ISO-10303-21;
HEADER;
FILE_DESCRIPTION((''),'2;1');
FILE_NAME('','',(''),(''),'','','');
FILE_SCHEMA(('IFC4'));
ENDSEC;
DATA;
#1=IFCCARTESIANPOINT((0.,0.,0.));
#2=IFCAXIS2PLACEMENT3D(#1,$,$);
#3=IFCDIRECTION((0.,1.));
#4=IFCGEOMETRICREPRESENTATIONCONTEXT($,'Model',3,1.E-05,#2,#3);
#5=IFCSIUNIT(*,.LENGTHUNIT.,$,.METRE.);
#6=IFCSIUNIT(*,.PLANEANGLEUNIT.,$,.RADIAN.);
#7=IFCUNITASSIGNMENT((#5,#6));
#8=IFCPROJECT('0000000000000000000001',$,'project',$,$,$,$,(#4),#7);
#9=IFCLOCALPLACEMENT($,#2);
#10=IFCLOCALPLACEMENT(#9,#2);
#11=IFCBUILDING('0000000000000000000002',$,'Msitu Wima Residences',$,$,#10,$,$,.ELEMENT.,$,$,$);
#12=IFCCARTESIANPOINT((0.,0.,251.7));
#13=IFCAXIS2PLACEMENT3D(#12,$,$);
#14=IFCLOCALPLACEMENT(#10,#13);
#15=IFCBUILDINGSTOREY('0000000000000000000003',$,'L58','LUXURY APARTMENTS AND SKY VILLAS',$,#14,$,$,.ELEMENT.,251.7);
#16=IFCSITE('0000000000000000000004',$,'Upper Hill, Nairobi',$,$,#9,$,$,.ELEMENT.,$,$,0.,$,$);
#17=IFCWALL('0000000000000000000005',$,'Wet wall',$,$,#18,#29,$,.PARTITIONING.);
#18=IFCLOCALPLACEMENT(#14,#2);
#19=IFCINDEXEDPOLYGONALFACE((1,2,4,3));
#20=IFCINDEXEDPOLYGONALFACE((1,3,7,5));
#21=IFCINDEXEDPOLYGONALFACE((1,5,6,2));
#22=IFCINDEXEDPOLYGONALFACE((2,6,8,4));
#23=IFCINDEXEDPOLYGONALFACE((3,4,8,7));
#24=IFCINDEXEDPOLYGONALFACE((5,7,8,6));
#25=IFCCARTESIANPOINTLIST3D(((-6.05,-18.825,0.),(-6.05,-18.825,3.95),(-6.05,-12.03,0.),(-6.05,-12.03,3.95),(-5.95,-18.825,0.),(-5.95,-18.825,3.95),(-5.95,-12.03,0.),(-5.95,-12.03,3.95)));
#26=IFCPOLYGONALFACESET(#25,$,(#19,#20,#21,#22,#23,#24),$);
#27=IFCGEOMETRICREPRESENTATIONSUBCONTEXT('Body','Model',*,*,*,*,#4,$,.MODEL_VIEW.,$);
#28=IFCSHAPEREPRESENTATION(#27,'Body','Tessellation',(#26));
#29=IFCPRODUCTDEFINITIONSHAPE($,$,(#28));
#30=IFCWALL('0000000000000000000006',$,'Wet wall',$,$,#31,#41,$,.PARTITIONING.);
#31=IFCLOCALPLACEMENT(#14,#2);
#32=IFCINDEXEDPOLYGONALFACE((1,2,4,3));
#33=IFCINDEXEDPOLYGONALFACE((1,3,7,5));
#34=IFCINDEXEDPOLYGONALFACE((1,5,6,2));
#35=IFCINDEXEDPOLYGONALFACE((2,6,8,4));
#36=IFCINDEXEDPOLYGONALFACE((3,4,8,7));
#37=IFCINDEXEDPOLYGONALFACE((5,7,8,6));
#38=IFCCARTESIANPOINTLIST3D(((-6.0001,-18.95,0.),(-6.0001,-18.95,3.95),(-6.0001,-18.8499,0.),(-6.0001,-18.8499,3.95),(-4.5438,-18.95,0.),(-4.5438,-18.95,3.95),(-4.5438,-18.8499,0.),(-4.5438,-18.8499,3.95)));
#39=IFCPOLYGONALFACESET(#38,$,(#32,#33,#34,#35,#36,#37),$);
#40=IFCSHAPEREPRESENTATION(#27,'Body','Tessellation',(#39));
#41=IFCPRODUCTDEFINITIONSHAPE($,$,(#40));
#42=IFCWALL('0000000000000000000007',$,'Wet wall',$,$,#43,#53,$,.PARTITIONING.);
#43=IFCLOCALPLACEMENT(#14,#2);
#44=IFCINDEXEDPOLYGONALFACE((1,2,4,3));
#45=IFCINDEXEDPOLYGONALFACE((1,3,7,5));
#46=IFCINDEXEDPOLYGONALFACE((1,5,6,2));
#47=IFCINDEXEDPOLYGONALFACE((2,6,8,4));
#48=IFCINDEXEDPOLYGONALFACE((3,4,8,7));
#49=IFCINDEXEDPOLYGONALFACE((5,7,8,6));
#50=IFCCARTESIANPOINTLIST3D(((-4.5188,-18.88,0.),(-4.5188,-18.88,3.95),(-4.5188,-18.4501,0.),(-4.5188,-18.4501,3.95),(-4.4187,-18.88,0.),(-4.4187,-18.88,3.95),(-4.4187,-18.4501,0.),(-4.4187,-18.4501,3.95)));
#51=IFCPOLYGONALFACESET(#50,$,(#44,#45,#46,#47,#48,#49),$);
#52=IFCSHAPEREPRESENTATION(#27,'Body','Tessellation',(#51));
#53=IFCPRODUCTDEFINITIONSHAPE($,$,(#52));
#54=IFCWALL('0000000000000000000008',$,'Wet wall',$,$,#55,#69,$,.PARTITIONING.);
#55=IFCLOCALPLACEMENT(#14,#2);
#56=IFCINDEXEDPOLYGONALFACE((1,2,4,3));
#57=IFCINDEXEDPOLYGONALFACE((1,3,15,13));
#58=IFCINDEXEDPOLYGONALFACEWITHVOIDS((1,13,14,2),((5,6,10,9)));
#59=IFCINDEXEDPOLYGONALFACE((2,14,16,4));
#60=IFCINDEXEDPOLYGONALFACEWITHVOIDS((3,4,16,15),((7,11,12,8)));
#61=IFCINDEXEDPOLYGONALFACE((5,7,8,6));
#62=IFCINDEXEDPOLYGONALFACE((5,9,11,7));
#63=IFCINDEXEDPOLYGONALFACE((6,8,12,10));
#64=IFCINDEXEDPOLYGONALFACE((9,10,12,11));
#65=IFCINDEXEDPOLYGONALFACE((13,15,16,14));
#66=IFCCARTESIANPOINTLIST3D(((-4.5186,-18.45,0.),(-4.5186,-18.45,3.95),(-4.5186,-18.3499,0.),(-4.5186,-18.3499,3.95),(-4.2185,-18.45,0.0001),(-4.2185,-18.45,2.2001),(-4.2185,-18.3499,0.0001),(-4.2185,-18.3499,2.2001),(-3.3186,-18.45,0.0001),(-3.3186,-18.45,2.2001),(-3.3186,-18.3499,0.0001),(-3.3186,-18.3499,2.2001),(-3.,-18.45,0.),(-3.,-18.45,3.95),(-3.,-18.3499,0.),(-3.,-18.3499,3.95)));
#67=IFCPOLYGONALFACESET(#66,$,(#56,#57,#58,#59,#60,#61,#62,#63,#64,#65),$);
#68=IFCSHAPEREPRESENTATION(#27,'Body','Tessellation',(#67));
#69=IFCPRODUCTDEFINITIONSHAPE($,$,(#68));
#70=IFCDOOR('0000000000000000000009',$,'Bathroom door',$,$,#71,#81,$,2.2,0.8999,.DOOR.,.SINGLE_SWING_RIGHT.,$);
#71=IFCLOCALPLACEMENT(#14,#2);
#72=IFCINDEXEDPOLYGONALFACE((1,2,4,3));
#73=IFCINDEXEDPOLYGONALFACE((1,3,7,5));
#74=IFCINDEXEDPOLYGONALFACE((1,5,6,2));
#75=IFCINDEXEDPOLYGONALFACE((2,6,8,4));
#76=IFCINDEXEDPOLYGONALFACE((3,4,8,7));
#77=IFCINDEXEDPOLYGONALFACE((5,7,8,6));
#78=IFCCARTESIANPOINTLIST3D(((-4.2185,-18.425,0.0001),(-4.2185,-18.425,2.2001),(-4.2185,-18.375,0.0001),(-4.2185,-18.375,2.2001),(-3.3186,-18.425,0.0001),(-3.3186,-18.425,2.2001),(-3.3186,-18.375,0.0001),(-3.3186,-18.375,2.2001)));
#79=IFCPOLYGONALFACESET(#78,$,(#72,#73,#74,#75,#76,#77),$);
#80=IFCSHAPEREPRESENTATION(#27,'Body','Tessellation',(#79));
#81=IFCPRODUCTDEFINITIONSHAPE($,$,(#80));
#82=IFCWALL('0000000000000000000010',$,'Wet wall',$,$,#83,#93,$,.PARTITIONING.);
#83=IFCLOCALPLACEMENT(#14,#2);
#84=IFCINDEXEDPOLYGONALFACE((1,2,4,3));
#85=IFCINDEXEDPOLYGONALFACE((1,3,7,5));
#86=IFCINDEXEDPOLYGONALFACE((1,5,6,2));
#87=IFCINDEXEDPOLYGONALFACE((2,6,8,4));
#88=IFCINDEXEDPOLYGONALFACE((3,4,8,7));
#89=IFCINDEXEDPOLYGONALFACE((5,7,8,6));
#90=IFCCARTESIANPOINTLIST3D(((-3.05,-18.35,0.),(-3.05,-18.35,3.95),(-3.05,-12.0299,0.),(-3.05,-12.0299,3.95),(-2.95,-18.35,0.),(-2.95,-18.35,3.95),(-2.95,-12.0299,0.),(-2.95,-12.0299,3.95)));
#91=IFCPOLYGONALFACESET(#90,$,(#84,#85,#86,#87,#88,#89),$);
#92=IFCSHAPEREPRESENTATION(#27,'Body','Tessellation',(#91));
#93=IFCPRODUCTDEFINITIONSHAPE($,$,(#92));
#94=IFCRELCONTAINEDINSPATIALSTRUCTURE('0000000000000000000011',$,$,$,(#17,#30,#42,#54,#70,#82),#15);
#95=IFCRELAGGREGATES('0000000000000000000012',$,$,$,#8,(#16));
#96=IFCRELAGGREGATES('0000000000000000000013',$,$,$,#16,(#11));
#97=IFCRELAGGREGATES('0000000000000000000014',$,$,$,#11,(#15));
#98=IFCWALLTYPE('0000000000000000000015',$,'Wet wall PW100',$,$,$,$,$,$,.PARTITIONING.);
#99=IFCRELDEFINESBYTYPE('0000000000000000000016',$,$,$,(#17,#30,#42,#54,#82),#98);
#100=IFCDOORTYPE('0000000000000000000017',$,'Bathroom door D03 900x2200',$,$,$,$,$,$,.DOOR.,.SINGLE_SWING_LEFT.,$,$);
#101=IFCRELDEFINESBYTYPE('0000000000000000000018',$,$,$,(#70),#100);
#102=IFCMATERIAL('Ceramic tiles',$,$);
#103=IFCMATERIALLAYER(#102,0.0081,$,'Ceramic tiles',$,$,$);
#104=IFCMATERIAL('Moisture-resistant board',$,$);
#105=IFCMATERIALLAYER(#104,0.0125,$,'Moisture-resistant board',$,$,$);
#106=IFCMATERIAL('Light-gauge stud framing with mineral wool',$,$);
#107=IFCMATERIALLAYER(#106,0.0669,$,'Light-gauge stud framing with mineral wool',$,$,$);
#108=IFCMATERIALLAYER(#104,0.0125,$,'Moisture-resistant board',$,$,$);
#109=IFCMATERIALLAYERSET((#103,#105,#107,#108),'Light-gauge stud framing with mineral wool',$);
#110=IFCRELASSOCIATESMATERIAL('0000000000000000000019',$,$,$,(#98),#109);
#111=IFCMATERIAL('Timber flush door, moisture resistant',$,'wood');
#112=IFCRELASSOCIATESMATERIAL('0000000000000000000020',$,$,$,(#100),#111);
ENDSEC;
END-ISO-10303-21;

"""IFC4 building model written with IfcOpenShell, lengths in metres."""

from ifc_helpers import new_model, si_unit, direction, frame, frame_2d, origin, place, context, subcontext, project, spatial, rectangle, extrude, material, layer, layer_set, type_object, element, fill, save


model = new_model("IFC4")

# Units and contexts
model_context = context("Model", 3, precision=1e-05, world=origin(), true_north=direction((0.0, 1.0)))
body_context = subcontext(model_context, "Body", "Model", "MODEL_VIEW")
ifc_project = project(units=[si_unit("LENGTHUNIT", "METRE"), si_unit("PLANEANGLEUNIT", "RADIAN")], contexts=[model_context])

# Site, building, storey
site_placement = place(None, origin())
site = spatial("IfcSite", under=ifc_project, at=site_placement, Name="Upper Hill, Nairobi", CompositionType="ELEMENT", RefElevation=0.0)
building_placement = place(site_placement, origin())
building = spatial("IfcBuilding", under=site, at=building_placement, Name="Msitu Wima Residences", CompositionType="ELEMENT")
storey_placement = place(building_placement, frame((0.0, 0.0, 251.7)))
storey = spatial("IfcBuildingStorey", under=building, at=storey_placement, Name="L58", Description="LUXURY APARTMENTS AND SKY VILLAS", CompositionType="ELEMENT", Elevation=251.7)

# Walls
ifc_material_1 = material(Name="Ceramic tiles")
ifc_layer_1 = layer(ifc_material_1, 0.0081, Name="Ceramic tiles")
ifc_material_2 = material(Name="Moisture-resistant board")
ifc_layer_2 = layer(ifc_material_2, 0.0125, Name="Moisture-resistant board")
ifc_material_3 = material(Name="Light-gauge stud framing with mineral wool")
ifc_layer_3 = layer(ifc_material_3, 0.0669, Name="Light-gauge stud framing with mineral wool")
ifc_layer_4 = layer(ifc_material_2, 0.0125, Name="Moisture-resistant board")
ifc_layer_set_1 = layer_set([ifc_layer_1, ifc_layer_2, ifc_layer_3, ifc_layer_4], Name="Light-gauge stud framing with mineral wool")
wall_type_1 = type_object("IfcWallType", Name="Wet wall PW100", PredefinedType="PARTITIONING", material=ifc_layer_set_1)
wall_1_placement = place(storey_placement, frame((-6.0, -18.825, 0.0), z_axis=(0.0, 0.0, 1.0), x_axis=(0.0, 1.0, 0.0)))
element("IfcWall", 1, at=wall_1_placement, inside=storey, type_object=wall_type_1, Name="Wet wall", PredefinedType="PARTITIONING", context=body_context, shape_type="SweptSolid", body=[
    extrude(rectangle(XDim=6.7949, YDim=0.1001, at=frame_2d((3.3975, 0.0))), origin(), (0.0, 0.0, 1.0), 3.95),
])
wall_2_placement = place(storey_placement, frame((-6.0, -18.8999, 0.0), z_axis=(0.0, 0.0, 1.0), x_axis=(1.0, 0.0, 0.0)))
element("IfcWall", 2, at=wall_2_placement, inside=storey, type_object=wall_type_1, Name="Wet wall", PredefinedType="PARTITIONING", context=body_context, shape_type="SweptSolid", body=[
    extrude(rectangle(XDim=1.4563, YDim=0.1001, at=frame_2d((0.728, 0.0))), origin(), (0.0, 0.0, 1.0), 3.95),
])
wall_3_placement = place(storey_placement, frame((-4.4688, -18.8799, 0.0), z_axis=(0.0, 0.0, 1.0), x_axis=(0.0, 1.0, 0.0)))
element("IfcWall", 3, at=wall_3_placement, inside=storey, type_object=wall_type_1, Name="Wet wall", PredefinedType="PARTITIONING", context=body_context, shape_type="SweptSolid", body=[
    extrude(rectangle(XDim=0.4299, YDim=0.1001, at=frame_2d((0.2148, 0.0))), origin(), (0.0, 0.0, 1.0), 3.95),
])

# Wall, opening, door
wall_4_placement = place(storey_placement, frame((-4.5186, -18.3999, 0.0), z_axis=(0.0, 0.0, 1.0), x_axis=(1.0, 0.0, 0.0)))
wall_4 = element("IfcWall", 4, at=wall_4_placement, inside=storey, type_object=wall_type_1, Name="Wet wall", PredefinedType="PARTITIONING", context=body_context, shape_type="SweptSolid", body=[
    extrude(rectangle(XDim=1.5186, YDim=0.1001, at=frame_2d((0.7593, 0.0))), origin(), (0.0, 0.0, 1.0), 3.95),
])
opening_1_placement = place(wall_4_placement, frame((0.3, 0.0, 0.0)))
opening_1 = element("IfcOpeningElement", 5, at=opening_1_placement, cuts=wall_4, PredefinedType="OPENING", context=body_context, shape_type="SweptSolid", body=[
    extrude(rectangle(XDim=0.8999, YDim=2.2, at=frame_2d((0.45, 1.1001))), frame((0.0, 0.0601, 0.0), z_axis=(0.0, -1.0, 0.0), x_axis=(1.0, 0.0, 0.0)), (0.0, 0.0, 1.0), 0.1201),
])
ifc_material_4 = material(Name="Timber flush door, moisture resistant", Category="wood")
door_type_1 = type_object("IfcDoorType", Name="Bathroom door D03 900x2200", OperationType="SINGLE_SWING_LEFT", PredefinedType="DOOR", material=ifc_material_4)
door_1_placement = place(opening_1_placement, origin())
door_1 = element("IfcDoor", 6, at=door_1_placement, inside=storey, type_object=door_type_1, Name="Bathroom door", OperationType="SINGLE_SWING_RIGHT", OverallHeight=2.2, OverallWidth=0.8999, PredefinedType="DOOR", context=body_context, shape_type="SweptSolid", body=[
    extrude(rectangle(XDim=0.8999, YDim=2.2, at=frame_2d((0.45, 1.1001))), frame((0.0, 0.0249, 0.0), z_axis=(0.0, -1.0, 0.0), x_axis=(1.0, 0.0, 0.0)), (0.0, 0.0, 1.0), 0.05),
])
fill(opening_1, door_1)

# Wall
wall_5_placement = place(storey_placement, frame((-3.0, -18.3501, 0.0), z_axis=(0.0, 0.0, 1.0), x_axis=(0.0, 1.0, 0.0)))
element("IfcWall", 7, at=wall_5_placement, inside=storey, type_object=wall_type_1, Name="Wet wall", PredefinedType="PARTITIONING", context=body_context, shape_type="SweptSolid", body=[
    extrude(rectangle(XDim=6.3201, YDim=0.1001, at=frame_2d((3.1602, 0.0))), origin(), (0.0, 0.0, 1.0), 3.95),
])

save(model, "model.ifc")
